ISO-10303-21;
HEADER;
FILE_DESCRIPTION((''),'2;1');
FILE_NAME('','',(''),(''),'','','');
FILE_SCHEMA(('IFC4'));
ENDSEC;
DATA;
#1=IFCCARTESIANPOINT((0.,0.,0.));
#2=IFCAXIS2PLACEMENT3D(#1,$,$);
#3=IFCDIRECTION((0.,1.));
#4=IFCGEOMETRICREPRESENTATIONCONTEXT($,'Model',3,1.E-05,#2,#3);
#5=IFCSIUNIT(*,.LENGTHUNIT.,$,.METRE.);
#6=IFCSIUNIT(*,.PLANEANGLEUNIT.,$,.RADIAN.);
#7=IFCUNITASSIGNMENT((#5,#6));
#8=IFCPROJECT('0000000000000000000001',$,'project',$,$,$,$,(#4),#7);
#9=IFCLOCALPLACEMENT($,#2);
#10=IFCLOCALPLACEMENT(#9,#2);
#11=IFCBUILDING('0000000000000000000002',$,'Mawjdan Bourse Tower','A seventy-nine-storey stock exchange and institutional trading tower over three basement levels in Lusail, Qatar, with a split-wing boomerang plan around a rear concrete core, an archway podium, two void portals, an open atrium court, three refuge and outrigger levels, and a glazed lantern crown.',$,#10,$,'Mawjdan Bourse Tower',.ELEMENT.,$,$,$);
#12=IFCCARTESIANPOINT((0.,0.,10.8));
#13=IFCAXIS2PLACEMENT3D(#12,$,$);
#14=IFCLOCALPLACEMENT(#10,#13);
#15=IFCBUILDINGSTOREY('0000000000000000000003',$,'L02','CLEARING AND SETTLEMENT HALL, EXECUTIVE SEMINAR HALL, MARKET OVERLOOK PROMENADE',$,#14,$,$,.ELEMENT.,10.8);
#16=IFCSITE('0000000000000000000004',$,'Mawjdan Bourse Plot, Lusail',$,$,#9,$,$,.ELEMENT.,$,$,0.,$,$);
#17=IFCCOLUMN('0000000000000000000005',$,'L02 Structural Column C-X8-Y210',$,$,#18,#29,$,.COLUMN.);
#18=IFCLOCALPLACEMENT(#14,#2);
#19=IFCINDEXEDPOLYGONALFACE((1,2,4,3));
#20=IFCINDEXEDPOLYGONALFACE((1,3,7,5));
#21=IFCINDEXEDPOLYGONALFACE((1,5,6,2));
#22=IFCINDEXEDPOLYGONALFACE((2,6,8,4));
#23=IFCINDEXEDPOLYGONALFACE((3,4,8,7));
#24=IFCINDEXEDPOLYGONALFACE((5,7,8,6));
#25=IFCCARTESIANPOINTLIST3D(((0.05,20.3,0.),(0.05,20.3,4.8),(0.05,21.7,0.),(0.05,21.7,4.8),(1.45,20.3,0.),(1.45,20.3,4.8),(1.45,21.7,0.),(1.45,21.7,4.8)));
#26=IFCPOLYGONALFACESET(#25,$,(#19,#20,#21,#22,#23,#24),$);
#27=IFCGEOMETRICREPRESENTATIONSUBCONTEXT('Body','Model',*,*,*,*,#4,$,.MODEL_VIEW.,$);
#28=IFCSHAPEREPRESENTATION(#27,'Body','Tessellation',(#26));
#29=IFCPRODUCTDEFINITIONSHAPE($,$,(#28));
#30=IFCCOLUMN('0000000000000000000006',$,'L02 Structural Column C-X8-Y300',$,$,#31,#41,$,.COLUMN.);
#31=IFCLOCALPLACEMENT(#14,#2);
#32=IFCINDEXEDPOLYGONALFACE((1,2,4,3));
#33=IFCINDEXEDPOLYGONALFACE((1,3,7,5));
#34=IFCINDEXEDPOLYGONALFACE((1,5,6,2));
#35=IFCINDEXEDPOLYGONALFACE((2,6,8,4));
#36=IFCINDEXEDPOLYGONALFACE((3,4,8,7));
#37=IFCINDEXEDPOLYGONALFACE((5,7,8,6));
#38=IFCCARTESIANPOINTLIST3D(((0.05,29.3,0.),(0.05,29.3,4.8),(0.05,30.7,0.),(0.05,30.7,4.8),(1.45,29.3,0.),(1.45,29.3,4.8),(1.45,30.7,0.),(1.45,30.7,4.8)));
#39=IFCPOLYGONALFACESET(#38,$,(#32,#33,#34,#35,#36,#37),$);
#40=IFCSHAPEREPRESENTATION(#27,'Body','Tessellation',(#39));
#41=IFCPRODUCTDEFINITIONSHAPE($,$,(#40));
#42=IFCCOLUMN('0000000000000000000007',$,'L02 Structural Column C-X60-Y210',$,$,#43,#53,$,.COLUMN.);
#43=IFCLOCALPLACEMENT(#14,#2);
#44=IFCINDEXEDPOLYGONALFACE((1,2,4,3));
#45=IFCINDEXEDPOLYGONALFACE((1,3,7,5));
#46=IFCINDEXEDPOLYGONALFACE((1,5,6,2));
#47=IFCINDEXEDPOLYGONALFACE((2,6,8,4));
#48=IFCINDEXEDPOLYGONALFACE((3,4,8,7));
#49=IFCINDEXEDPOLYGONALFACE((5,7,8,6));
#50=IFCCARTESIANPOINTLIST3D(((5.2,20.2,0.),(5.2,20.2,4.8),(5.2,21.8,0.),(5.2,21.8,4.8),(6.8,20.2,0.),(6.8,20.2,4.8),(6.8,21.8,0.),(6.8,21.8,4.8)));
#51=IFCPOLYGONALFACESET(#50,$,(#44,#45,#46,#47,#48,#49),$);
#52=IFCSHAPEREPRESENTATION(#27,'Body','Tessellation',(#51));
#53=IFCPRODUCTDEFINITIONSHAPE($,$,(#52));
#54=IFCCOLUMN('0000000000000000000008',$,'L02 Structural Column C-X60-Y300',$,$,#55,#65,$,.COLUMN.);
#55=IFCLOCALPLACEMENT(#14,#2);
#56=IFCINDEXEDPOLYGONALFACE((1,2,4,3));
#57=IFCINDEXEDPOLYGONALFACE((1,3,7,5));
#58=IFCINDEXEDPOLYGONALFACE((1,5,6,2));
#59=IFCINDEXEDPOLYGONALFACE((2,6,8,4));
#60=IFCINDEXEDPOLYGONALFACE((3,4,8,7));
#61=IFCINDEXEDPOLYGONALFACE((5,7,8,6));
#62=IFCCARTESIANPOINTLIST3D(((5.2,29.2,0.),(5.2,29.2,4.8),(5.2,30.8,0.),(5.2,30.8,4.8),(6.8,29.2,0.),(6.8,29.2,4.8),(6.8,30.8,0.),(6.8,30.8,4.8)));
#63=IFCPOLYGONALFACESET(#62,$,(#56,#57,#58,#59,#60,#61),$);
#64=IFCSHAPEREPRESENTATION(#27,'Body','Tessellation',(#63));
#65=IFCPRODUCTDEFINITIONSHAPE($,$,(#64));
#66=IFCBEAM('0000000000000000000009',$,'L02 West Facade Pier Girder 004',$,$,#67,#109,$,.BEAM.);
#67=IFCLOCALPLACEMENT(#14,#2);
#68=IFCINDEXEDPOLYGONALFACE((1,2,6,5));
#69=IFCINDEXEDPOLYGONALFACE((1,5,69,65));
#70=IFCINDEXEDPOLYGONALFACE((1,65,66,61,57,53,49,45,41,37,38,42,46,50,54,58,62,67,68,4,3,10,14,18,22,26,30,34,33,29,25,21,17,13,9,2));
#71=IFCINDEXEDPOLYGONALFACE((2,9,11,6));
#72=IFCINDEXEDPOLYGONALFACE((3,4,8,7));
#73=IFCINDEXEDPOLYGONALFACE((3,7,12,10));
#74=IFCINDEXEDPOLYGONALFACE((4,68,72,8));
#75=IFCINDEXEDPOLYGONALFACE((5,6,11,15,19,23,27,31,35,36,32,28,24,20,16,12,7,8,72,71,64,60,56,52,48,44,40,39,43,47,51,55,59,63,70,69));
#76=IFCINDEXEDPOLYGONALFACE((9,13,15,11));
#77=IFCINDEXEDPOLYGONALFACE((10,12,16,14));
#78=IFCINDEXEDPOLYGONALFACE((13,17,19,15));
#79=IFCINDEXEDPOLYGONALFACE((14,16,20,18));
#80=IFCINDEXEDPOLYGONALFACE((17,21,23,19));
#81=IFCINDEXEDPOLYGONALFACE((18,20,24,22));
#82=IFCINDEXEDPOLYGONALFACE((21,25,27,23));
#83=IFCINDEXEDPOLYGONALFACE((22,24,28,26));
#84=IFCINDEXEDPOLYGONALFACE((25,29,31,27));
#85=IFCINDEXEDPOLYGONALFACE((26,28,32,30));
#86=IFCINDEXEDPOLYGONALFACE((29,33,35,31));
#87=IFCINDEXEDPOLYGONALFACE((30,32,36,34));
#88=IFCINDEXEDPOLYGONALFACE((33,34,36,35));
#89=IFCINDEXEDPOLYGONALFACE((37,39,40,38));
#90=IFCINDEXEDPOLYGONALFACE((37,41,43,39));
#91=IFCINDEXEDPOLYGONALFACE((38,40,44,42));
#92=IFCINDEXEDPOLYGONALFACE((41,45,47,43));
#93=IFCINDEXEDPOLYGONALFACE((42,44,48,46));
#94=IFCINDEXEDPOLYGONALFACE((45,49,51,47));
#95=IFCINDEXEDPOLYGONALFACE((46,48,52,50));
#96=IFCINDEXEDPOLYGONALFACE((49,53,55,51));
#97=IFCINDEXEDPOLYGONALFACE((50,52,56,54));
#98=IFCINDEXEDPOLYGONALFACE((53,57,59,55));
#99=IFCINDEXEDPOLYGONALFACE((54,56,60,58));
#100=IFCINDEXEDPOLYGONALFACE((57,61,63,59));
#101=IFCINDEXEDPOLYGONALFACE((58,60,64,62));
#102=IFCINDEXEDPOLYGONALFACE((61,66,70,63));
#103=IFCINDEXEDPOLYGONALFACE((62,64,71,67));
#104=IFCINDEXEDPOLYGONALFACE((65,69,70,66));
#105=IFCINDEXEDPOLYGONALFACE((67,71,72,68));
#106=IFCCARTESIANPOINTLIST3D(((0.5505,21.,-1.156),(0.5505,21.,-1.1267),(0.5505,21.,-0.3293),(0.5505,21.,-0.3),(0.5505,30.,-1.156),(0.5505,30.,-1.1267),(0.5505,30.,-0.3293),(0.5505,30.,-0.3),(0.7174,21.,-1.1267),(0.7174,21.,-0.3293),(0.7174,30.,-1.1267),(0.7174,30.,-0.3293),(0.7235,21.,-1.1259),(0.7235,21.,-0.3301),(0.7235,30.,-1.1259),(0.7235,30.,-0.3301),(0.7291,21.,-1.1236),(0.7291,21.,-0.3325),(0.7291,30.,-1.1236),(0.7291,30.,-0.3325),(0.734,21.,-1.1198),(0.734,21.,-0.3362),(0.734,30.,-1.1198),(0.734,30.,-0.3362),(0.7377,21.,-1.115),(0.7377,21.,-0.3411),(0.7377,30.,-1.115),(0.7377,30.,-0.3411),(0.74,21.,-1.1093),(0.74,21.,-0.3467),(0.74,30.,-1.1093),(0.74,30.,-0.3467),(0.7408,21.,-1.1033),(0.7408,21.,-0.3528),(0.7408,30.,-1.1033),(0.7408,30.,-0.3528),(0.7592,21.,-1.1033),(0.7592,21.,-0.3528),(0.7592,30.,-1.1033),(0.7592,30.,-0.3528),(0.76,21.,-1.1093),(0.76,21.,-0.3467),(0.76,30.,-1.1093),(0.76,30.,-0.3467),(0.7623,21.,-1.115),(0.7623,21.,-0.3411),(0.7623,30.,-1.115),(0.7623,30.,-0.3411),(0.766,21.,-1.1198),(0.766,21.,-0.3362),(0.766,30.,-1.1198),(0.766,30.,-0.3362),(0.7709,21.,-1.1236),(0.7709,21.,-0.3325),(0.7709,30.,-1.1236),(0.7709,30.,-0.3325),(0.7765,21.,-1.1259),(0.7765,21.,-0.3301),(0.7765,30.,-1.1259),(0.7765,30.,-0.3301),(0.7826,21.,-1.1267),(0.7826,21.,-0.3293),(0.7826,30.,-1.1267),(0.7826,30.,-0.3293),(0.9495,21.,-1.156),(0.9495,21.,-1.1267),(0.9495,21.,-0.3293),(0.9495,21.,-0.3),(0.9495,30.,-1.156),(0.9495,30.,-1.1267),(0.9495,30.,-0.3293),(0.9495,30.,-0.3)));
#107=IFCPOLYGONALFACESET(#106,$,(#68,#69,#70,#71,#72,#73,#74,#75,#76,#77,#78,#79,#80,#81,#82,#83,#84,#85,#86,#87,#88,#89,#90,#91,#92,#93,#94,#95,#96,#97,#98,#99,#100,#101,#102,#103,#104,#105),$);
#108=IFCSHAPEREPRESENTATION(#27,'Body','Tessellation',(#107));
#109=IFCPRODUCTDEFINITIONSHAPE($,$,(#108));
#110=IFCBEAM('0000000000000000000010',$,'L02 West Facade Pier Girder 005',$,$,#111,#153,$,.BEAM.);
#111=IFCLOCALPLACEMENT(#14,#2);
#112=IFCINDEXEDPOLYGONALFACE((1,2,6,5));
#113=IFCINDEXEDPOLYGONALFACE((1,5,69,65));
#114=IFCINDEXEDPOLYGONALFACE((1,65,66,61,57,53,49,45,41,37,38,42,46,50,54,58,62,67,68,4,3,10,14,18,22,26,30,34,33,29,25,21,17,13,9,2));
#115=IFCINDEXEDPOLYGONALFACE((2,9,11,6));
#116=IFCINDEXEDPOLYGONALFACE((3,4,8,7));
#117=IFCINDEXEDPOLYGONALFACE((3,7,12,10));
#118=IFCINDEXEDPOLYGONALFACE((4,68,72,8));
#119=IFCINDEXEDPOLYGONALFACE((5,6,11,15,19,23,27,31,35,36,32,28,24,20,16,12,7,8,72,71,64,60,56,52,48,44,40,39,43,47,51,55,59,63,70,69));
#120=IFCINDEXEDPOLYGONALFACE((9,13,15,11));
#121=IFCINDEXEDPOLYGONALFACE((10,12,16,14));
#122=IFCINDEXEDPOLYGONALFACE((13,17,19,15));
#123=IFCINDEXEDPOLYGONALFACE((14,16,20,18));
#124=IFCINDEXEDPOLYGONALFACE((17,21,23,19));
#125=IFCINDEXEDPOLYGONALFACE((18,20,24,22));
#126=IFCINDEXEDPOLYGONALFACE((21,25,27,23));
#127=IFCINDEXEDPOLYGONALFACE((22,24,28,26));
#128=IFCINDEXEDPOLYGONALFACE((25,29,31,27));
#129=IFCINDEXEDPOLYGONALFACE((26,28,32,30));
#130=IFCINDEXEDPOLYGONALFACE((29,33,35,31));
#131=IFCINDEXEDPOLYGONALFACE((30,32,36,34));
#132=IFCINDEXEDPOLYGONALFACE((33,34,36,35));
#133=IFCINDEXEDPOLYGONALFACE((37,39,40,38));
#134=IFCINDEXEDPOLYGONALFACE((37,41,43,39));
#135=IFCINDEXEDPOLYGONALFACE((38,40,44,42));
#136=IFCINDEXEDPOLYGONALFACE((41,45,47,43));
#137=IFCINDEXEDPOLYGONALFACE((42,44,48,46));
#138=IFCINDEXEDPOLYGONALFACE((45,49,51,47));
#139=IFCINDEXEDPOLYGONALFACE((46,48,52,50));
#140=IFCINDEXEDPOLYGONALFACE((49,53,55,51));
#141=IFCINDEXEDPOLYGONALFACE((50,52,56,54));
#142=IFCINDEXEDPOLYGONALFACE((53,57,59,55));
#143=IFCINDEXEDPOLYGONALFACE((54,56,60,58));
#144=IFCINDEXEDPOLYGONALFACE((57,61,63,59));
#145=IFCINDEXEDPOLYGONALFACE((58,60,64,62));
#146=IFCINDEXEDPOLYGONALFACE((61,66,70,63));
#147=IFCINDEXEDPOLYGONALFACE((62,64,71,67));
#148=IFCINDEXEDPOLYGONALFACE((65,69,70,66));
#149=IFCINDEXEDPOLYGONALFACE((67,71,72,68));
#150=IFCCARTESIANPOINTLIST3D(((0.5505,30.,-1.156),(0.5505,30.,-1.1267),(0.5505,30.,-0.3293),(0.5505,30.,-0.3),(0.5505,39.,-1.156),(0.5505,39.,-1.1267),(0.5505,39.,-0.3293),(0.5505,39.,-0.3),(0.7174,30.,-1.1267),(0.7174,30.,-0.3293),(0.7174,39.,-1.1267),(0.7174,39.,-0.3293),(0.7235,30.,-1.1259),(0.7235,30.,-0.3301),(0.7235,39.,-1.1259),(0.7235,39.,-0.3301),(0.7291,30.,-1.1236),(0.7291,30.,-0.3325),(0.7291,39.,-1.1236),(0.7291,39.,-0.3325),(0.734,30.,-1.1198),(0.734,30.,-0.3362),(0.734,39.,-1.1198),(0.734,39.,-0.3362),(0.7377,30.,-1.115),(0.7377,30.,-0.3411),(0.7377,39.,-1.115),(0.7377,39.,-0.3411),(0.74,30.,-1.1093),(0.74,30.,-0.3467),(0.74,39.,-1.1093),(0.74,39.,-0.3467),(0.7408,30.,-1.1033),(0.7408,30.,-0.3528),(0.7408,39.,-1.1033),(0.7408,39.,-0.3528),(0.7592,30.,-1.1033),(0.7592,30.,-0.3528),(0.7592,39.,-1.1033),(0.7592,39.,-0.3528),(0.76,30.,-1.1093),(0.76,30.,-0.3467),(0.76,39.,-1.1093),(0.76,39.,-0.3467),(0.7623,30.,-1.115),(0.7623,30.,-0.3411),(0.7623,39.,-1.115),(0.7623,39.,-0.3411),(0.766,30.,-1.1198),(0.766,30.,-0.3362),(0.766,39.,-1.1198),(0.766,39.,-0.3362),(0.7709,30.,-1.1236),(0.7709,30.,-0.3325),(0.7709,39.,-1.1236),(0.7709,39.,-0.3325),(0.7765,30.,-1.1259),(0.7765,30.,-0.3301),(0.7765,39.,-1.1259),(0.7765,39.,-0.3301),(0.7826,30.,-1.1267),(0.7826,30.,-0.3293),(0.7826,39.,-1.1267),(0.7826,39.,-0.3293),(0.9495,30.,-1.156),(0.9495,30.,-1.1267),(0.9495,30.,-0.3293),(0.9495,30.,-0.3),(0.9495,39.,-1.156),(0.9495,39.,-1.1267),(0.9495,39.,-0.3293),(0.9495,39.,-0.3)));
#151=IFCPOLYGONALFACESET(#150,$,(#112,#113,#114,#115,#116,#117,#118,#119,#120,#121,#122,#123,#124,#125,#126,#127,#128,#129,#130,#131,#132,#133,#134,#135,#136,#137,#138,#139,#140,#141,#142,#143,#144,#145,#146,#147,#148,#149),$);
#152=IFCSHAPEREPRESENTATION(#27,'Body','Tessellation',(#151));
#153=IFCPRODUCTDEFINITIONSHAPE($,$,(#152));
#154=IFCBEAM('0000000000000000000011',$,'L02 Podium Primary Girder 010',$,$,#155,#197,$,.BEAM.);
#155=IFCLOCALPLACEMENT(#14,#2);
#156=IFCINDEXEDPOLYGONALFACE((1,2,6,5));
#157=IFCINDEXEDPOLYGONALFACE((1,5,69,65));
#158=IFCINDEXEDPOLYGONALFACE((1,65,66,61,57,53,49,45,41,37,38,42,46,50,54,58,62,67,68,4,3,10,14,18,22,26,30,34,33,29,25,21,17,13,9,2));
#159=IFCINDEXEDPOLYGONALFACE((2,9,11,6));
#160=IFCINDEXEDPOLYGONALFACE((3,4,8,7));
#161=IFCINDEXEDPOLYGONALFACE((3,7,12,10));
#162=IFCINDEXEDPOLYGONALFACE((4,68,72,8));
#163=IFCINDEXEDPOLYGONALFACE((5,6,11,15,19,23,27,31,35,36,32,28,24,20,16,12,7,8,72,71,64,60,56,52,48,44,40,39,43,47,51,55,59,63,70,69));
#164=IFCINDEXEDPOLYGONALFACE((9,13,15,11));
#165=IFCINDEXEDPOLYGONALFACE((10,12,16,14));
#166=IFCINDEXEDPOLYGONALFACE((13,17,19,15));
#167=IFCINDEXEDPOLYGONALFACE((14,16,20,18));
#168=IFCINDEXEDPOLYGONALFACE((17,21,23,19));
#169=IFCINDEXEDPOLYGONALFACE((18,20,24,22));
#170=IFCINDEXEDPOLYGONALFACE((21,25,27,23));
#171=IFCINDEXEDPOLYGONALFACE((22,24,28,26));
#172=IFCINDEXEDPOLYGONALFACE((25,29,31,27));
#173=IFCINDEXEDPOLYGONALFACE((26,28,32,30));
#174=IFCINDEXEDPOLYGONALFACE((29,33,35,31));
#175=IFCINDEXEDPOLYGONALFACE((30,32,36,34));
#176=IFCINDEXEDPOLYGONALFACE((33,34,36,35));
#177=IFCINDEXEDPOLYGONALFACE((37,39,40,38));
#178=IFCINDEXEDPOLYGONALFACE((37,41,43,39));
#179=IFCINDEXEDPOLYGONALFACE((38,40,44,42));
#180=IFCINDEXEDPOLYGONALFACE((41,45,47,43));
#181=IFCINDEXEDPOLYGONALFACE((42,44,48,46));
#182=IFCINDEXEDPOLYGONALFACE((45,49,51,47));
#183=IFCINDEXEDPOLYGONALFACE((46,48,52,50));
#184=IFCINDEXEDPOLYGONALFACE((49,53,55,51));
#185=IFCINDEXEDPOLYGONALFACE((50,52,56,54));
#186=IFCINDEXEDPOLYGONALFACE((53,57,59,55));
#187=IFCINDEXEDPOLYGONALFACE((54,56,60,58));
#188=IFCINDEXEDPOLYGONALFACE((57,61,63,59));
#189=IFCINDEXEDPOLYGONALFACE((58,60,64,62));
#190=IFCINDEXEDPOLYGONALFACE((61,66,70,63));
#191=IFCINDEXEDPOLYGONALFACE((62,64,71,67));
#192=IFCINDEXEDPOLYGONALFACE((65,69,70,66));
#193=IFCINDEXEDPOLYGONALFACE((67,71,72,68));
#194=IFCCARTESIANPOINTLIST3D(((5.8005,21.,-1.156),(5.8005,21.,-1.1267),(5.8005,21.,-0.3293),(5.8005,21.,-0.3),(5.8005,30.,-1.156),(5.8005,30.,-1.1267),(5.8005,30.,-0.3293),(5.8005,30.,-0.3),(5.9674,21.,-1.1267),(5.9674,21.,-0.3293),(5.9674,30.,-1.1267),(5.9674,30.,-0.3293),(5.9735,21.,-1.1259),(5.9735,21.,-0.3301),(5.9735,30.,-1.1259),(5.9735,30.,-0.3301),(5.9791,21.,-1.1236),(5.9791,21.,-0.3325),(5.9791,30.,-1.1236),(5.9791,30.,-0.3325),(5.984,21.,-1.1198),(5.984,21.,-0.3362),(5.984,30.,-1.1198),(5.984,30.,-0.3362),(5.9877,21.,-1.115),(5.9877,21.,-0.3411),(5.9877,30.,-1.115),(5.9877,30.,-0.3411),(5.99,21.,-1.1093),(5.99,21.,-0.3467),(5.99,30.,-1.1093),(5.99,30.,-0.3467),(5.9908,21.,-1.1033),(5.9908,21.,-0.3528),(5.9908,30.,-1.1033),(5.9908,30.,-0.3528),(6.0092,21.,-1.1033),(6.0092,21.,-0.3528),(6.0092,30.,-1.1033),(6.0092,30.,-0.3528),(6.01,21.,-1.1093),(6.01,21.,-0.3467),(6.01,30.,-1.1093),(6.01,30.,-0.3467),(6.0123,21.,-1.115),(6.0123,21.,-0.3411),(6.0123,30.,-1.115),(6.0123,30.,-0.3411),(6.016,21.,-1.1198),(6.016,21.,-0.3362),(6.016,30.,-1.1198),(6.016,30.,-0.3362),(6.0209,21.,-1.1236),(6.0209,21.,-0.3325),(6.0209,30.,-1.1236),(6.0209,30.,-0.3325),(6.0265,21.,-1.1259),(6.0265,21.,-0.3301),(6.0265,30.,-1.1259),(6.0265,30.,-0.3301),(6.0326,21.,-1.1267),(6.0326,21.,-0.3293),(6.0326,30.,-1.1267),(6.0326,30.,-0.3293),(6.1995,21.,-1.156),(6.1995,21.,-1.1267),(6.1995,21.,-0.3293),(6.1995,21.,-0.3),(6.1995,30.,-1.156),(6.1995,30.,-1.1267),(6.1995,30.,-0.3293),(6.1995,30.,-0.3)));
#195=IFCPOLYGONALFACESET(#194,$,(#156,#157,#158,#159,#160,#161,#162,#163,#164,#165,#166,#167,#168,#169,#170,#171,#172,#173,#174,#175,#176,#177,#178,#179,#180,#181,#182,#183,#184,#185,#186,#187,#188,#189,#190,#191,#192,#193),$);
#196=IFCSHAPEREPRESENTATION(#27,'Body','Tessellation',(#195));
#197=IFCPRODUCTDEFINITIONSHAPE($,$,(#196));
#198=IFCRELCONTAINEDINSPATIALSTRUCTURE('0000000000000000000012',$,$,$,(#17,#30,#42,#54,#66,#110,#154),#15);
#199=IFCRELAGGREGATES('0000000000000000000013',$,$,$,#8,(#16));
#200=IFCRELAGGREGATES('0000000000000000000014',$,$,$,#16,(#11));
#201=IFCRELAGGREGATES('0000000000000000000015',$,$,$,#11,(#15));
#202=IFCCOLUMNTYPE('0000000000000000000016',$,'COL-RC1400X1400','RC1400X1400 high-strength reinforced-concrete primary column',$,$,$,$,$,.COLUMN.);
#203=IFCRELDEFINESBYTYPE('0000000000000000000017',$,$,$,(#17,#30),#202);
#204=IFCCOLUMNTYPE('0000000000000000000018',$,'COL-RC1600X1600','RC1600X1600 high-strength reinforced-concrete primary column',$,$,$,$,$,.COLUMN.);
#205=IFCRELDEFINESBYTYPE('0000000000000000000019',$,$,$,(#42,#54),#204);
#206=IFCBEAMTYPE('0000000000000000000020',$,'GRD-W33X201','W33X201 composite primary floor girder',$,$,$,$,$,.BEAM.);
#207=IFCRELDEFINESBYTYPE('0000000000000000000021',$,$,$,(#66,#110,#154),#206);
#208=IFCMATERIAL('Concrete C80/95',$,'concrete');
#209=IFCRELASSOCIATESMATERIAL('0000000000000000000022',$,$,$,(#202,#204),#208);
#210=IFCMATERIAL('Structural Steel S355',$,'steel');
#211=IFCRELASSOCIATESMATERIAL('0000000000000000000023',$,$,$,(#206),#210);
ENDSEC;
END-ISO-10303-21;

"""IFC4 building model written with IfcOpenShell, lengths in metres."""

from ifc_helpers import new_model, si_unit, direction, frame, origin, origin_2d, place, context, subcontext, project, spatial, rectangle, i_section, extrude, material, material_profile, profile_set, type_object, element, save


model = new_model("IFC4")

# Units and contexts
model_context = context("Model", 3, precision=1e-05, world=origin(), true_north=direction((0.0, 1.0)))
body_context = subcontext(model_context, "Body", "Model", "MODEL_VIEW")
ifc_project = project(units=[si_unit("LENGTHUNIT", "METRE"), si_unit("PLANEANGLEUNIT", "RADIAN")], contexts=[model_context])

# Site, building, storey
site_placement = place(None, origin())
site = spatial("IfcSite", under=ifc_project, at=site_placement, Name="Mawjdan Bourse Plot, Lusail", CompositionType="ELEMENT", RefElevation=0.0)
building_placement = place(site_placement, origin())
building = spatial("IfcBuilding", under=site, at=building_placement, Name="Mawjdan Bourse Tower", Description="A seventy-nine-storey stock exchange and institutional trading tower over three basement levels in Lusail, Qatar, with a split-wing boomerang plan around a rear concrete core, an archway podium, two void portals, an open atrium court, three refuge and outrigger levels, and a glazed lantern crown.", LongName="Mawjdan Bourse Tower", CompositionType="ELEMENT")
storey_placement = place(building_placement, frame((0.0, 0.0, 10.8)))
storey = spatial("IfcBuildingStorey", under=building, at=storey_placement, Name="L02", Description="CLEARING AND SETTLEMENT HALL, EXECUTIVE SEMINAR HALL, MARKET OVERLOOK PROMENADE", CompositionType="ELEMENT", Elevation=10.8)

# Columns
ifc_material_1 = material(Name="Concrete C80/95", Category="concrete")
ifc_material_profile_1 = material_profile(ifc_material_1, rectangle(XDim=1.3999, YDim=1.3999, at=origin_2d()), Name="RC1400X1400")
ifc_profile_set_1 = profile_set([ifc_material_profile_1], Name="Concrete C80/95")
column_type_1 = type_object("IfcColumnType", Name="COL-RC1400X1400", Description="RC1400X1400 high-strength reinforced-concrete primary column", PredefinedType="COLUMN", material=ifc_profile_set_1)
for number, where, z_axis, x_axis, name in (
    (1, (0.75, 21.0, 0.0), (0.0, 0.0, 1.0), (1.0, 0.0, 0.0), "L02 Structural Column C-X8-Y210"),
    (2, (0.75, 30.0, 0.0), (0.0, 0.0, 1.0), (1.0, 0.0, 0.0), "L02 Structural Column C-X8-Y300"),
):
    element("IfcColumn", number, at=place(storey_placement, frame(where, z_axis=z_axis, x_axis=x_axis)), inside=storey, type_object=column_type_1, Name=name, PredefinedType="COLUMN", context=body_context, shape_type="SweptSolid", body=[
        extrude(rectangle(XDim=1.3999, YDim=1.3999, at=origin_2d()), origin(), (0.0, 0.0, 1.0), 4.8),
    ])
ifc_material_profile_2 = material_profile(ifc_material_1, rectangle(XDim=1.6001, YDim=1.6001, at=origin_2d()), Name="RC1600X1600")
ifc_profile_set_2 = profile_set([ifc_material_profile_2], Name="Concrete C80/95")
column_type_2 = type_object("IfcColumnType", Name="COL-RC1600X1600", Description="RC1600X1600 high-strength reinforced-concrete primary column", PredefinedType="COLUMN", material=ifc_profile_set_2)
for number, where, z_axis, x_axis, name in (
    (3, (6.0, 21.0, 0.0), (0.0, 0.0, 1.0), (1.0, 0.0, 0.0), "L02 Structural Column C-X60-Y210"),
    (4, (6.0, 30.0, 0.0), (0.0, 0.0, 1.0), (1.0, 0.0, 0.0), "L02 Structural Column C-X60-Y300"),
):
    element("IfcColumn", number, at=place(storey_placement, frame(where, z_axis=z_axis, x_axis=x_axis)), inside=storey, type_object=column_type_2, Name=name, PredefinedType="COLUMN", context=body_context, shape_type="SweptSolid", body=[
        extrude(rectangle(XDim=1.6001, YDim=1.6001, at=origin_2d()), origin(), (0.0, 0.0, 1.0), 4.8),
    ])

# Beams
ifc_material_2 = material(Name="Structural Steel S355", Category="steel")
ifc_material_profile_3 = material_profile(ifc_material_2, i_section(OverallWidth=0.3989, OverallDepth=0.856, WebThickness=0.0183, FlangeThickness=0.0293, FilletRadius=0.0234, at=origin_2d()), Name="W33X201")
ifc_profile_set_3 = profile_set([ifc_material_profile_3], Name="Structural Steel S355")
beam_type_1 = type_object("IfcBeamType", Name="GRD-W33X201", Description="W33X201 composite primary floor girder", PredefinedType="BEAM", material=ifc_profile_set_3)
for number, where, z_axis, x_axis, name in (
    (5, (0.75, 21.0, -0.728), (0.0, 1.0, 0.0), (-1.0, 0.0, 0.0), "L02 West Facade Pier Girder 004"),
    (6, (0.75, 30.0, -0.728), (0.0, 1.0, 0.0), (-1.0, 0.0, 0.0), "L02 West Facade Pier Girder 005"),
    (7, (6.0, 21.0, -0.728), (0.0, 1.0, 0.0), (-1.0, 0.0, 0.0), "L02 Podium Primary Girder 010"),
):
    element("IfcBeam", number, at=place(storey_placement, frame(where, z_axis=z_axis, x_axis=x_axis)), inside=storey, type_object=beam_type_1, Name=name, PredefinedType="BEAM", context=body_context, shape_type="SweptSolid", body=[
        extrude(i_section(OverallWidth=0.3989, OverallDepth=0.856, WebThickness=0.0183, FlangeThickness=0.0293, FilletRadius=0.0234, at=origin_2d()), origin(), (0.0, 0.0, 1.0), 9.0),
    ])

save(model, "model.ifc")
